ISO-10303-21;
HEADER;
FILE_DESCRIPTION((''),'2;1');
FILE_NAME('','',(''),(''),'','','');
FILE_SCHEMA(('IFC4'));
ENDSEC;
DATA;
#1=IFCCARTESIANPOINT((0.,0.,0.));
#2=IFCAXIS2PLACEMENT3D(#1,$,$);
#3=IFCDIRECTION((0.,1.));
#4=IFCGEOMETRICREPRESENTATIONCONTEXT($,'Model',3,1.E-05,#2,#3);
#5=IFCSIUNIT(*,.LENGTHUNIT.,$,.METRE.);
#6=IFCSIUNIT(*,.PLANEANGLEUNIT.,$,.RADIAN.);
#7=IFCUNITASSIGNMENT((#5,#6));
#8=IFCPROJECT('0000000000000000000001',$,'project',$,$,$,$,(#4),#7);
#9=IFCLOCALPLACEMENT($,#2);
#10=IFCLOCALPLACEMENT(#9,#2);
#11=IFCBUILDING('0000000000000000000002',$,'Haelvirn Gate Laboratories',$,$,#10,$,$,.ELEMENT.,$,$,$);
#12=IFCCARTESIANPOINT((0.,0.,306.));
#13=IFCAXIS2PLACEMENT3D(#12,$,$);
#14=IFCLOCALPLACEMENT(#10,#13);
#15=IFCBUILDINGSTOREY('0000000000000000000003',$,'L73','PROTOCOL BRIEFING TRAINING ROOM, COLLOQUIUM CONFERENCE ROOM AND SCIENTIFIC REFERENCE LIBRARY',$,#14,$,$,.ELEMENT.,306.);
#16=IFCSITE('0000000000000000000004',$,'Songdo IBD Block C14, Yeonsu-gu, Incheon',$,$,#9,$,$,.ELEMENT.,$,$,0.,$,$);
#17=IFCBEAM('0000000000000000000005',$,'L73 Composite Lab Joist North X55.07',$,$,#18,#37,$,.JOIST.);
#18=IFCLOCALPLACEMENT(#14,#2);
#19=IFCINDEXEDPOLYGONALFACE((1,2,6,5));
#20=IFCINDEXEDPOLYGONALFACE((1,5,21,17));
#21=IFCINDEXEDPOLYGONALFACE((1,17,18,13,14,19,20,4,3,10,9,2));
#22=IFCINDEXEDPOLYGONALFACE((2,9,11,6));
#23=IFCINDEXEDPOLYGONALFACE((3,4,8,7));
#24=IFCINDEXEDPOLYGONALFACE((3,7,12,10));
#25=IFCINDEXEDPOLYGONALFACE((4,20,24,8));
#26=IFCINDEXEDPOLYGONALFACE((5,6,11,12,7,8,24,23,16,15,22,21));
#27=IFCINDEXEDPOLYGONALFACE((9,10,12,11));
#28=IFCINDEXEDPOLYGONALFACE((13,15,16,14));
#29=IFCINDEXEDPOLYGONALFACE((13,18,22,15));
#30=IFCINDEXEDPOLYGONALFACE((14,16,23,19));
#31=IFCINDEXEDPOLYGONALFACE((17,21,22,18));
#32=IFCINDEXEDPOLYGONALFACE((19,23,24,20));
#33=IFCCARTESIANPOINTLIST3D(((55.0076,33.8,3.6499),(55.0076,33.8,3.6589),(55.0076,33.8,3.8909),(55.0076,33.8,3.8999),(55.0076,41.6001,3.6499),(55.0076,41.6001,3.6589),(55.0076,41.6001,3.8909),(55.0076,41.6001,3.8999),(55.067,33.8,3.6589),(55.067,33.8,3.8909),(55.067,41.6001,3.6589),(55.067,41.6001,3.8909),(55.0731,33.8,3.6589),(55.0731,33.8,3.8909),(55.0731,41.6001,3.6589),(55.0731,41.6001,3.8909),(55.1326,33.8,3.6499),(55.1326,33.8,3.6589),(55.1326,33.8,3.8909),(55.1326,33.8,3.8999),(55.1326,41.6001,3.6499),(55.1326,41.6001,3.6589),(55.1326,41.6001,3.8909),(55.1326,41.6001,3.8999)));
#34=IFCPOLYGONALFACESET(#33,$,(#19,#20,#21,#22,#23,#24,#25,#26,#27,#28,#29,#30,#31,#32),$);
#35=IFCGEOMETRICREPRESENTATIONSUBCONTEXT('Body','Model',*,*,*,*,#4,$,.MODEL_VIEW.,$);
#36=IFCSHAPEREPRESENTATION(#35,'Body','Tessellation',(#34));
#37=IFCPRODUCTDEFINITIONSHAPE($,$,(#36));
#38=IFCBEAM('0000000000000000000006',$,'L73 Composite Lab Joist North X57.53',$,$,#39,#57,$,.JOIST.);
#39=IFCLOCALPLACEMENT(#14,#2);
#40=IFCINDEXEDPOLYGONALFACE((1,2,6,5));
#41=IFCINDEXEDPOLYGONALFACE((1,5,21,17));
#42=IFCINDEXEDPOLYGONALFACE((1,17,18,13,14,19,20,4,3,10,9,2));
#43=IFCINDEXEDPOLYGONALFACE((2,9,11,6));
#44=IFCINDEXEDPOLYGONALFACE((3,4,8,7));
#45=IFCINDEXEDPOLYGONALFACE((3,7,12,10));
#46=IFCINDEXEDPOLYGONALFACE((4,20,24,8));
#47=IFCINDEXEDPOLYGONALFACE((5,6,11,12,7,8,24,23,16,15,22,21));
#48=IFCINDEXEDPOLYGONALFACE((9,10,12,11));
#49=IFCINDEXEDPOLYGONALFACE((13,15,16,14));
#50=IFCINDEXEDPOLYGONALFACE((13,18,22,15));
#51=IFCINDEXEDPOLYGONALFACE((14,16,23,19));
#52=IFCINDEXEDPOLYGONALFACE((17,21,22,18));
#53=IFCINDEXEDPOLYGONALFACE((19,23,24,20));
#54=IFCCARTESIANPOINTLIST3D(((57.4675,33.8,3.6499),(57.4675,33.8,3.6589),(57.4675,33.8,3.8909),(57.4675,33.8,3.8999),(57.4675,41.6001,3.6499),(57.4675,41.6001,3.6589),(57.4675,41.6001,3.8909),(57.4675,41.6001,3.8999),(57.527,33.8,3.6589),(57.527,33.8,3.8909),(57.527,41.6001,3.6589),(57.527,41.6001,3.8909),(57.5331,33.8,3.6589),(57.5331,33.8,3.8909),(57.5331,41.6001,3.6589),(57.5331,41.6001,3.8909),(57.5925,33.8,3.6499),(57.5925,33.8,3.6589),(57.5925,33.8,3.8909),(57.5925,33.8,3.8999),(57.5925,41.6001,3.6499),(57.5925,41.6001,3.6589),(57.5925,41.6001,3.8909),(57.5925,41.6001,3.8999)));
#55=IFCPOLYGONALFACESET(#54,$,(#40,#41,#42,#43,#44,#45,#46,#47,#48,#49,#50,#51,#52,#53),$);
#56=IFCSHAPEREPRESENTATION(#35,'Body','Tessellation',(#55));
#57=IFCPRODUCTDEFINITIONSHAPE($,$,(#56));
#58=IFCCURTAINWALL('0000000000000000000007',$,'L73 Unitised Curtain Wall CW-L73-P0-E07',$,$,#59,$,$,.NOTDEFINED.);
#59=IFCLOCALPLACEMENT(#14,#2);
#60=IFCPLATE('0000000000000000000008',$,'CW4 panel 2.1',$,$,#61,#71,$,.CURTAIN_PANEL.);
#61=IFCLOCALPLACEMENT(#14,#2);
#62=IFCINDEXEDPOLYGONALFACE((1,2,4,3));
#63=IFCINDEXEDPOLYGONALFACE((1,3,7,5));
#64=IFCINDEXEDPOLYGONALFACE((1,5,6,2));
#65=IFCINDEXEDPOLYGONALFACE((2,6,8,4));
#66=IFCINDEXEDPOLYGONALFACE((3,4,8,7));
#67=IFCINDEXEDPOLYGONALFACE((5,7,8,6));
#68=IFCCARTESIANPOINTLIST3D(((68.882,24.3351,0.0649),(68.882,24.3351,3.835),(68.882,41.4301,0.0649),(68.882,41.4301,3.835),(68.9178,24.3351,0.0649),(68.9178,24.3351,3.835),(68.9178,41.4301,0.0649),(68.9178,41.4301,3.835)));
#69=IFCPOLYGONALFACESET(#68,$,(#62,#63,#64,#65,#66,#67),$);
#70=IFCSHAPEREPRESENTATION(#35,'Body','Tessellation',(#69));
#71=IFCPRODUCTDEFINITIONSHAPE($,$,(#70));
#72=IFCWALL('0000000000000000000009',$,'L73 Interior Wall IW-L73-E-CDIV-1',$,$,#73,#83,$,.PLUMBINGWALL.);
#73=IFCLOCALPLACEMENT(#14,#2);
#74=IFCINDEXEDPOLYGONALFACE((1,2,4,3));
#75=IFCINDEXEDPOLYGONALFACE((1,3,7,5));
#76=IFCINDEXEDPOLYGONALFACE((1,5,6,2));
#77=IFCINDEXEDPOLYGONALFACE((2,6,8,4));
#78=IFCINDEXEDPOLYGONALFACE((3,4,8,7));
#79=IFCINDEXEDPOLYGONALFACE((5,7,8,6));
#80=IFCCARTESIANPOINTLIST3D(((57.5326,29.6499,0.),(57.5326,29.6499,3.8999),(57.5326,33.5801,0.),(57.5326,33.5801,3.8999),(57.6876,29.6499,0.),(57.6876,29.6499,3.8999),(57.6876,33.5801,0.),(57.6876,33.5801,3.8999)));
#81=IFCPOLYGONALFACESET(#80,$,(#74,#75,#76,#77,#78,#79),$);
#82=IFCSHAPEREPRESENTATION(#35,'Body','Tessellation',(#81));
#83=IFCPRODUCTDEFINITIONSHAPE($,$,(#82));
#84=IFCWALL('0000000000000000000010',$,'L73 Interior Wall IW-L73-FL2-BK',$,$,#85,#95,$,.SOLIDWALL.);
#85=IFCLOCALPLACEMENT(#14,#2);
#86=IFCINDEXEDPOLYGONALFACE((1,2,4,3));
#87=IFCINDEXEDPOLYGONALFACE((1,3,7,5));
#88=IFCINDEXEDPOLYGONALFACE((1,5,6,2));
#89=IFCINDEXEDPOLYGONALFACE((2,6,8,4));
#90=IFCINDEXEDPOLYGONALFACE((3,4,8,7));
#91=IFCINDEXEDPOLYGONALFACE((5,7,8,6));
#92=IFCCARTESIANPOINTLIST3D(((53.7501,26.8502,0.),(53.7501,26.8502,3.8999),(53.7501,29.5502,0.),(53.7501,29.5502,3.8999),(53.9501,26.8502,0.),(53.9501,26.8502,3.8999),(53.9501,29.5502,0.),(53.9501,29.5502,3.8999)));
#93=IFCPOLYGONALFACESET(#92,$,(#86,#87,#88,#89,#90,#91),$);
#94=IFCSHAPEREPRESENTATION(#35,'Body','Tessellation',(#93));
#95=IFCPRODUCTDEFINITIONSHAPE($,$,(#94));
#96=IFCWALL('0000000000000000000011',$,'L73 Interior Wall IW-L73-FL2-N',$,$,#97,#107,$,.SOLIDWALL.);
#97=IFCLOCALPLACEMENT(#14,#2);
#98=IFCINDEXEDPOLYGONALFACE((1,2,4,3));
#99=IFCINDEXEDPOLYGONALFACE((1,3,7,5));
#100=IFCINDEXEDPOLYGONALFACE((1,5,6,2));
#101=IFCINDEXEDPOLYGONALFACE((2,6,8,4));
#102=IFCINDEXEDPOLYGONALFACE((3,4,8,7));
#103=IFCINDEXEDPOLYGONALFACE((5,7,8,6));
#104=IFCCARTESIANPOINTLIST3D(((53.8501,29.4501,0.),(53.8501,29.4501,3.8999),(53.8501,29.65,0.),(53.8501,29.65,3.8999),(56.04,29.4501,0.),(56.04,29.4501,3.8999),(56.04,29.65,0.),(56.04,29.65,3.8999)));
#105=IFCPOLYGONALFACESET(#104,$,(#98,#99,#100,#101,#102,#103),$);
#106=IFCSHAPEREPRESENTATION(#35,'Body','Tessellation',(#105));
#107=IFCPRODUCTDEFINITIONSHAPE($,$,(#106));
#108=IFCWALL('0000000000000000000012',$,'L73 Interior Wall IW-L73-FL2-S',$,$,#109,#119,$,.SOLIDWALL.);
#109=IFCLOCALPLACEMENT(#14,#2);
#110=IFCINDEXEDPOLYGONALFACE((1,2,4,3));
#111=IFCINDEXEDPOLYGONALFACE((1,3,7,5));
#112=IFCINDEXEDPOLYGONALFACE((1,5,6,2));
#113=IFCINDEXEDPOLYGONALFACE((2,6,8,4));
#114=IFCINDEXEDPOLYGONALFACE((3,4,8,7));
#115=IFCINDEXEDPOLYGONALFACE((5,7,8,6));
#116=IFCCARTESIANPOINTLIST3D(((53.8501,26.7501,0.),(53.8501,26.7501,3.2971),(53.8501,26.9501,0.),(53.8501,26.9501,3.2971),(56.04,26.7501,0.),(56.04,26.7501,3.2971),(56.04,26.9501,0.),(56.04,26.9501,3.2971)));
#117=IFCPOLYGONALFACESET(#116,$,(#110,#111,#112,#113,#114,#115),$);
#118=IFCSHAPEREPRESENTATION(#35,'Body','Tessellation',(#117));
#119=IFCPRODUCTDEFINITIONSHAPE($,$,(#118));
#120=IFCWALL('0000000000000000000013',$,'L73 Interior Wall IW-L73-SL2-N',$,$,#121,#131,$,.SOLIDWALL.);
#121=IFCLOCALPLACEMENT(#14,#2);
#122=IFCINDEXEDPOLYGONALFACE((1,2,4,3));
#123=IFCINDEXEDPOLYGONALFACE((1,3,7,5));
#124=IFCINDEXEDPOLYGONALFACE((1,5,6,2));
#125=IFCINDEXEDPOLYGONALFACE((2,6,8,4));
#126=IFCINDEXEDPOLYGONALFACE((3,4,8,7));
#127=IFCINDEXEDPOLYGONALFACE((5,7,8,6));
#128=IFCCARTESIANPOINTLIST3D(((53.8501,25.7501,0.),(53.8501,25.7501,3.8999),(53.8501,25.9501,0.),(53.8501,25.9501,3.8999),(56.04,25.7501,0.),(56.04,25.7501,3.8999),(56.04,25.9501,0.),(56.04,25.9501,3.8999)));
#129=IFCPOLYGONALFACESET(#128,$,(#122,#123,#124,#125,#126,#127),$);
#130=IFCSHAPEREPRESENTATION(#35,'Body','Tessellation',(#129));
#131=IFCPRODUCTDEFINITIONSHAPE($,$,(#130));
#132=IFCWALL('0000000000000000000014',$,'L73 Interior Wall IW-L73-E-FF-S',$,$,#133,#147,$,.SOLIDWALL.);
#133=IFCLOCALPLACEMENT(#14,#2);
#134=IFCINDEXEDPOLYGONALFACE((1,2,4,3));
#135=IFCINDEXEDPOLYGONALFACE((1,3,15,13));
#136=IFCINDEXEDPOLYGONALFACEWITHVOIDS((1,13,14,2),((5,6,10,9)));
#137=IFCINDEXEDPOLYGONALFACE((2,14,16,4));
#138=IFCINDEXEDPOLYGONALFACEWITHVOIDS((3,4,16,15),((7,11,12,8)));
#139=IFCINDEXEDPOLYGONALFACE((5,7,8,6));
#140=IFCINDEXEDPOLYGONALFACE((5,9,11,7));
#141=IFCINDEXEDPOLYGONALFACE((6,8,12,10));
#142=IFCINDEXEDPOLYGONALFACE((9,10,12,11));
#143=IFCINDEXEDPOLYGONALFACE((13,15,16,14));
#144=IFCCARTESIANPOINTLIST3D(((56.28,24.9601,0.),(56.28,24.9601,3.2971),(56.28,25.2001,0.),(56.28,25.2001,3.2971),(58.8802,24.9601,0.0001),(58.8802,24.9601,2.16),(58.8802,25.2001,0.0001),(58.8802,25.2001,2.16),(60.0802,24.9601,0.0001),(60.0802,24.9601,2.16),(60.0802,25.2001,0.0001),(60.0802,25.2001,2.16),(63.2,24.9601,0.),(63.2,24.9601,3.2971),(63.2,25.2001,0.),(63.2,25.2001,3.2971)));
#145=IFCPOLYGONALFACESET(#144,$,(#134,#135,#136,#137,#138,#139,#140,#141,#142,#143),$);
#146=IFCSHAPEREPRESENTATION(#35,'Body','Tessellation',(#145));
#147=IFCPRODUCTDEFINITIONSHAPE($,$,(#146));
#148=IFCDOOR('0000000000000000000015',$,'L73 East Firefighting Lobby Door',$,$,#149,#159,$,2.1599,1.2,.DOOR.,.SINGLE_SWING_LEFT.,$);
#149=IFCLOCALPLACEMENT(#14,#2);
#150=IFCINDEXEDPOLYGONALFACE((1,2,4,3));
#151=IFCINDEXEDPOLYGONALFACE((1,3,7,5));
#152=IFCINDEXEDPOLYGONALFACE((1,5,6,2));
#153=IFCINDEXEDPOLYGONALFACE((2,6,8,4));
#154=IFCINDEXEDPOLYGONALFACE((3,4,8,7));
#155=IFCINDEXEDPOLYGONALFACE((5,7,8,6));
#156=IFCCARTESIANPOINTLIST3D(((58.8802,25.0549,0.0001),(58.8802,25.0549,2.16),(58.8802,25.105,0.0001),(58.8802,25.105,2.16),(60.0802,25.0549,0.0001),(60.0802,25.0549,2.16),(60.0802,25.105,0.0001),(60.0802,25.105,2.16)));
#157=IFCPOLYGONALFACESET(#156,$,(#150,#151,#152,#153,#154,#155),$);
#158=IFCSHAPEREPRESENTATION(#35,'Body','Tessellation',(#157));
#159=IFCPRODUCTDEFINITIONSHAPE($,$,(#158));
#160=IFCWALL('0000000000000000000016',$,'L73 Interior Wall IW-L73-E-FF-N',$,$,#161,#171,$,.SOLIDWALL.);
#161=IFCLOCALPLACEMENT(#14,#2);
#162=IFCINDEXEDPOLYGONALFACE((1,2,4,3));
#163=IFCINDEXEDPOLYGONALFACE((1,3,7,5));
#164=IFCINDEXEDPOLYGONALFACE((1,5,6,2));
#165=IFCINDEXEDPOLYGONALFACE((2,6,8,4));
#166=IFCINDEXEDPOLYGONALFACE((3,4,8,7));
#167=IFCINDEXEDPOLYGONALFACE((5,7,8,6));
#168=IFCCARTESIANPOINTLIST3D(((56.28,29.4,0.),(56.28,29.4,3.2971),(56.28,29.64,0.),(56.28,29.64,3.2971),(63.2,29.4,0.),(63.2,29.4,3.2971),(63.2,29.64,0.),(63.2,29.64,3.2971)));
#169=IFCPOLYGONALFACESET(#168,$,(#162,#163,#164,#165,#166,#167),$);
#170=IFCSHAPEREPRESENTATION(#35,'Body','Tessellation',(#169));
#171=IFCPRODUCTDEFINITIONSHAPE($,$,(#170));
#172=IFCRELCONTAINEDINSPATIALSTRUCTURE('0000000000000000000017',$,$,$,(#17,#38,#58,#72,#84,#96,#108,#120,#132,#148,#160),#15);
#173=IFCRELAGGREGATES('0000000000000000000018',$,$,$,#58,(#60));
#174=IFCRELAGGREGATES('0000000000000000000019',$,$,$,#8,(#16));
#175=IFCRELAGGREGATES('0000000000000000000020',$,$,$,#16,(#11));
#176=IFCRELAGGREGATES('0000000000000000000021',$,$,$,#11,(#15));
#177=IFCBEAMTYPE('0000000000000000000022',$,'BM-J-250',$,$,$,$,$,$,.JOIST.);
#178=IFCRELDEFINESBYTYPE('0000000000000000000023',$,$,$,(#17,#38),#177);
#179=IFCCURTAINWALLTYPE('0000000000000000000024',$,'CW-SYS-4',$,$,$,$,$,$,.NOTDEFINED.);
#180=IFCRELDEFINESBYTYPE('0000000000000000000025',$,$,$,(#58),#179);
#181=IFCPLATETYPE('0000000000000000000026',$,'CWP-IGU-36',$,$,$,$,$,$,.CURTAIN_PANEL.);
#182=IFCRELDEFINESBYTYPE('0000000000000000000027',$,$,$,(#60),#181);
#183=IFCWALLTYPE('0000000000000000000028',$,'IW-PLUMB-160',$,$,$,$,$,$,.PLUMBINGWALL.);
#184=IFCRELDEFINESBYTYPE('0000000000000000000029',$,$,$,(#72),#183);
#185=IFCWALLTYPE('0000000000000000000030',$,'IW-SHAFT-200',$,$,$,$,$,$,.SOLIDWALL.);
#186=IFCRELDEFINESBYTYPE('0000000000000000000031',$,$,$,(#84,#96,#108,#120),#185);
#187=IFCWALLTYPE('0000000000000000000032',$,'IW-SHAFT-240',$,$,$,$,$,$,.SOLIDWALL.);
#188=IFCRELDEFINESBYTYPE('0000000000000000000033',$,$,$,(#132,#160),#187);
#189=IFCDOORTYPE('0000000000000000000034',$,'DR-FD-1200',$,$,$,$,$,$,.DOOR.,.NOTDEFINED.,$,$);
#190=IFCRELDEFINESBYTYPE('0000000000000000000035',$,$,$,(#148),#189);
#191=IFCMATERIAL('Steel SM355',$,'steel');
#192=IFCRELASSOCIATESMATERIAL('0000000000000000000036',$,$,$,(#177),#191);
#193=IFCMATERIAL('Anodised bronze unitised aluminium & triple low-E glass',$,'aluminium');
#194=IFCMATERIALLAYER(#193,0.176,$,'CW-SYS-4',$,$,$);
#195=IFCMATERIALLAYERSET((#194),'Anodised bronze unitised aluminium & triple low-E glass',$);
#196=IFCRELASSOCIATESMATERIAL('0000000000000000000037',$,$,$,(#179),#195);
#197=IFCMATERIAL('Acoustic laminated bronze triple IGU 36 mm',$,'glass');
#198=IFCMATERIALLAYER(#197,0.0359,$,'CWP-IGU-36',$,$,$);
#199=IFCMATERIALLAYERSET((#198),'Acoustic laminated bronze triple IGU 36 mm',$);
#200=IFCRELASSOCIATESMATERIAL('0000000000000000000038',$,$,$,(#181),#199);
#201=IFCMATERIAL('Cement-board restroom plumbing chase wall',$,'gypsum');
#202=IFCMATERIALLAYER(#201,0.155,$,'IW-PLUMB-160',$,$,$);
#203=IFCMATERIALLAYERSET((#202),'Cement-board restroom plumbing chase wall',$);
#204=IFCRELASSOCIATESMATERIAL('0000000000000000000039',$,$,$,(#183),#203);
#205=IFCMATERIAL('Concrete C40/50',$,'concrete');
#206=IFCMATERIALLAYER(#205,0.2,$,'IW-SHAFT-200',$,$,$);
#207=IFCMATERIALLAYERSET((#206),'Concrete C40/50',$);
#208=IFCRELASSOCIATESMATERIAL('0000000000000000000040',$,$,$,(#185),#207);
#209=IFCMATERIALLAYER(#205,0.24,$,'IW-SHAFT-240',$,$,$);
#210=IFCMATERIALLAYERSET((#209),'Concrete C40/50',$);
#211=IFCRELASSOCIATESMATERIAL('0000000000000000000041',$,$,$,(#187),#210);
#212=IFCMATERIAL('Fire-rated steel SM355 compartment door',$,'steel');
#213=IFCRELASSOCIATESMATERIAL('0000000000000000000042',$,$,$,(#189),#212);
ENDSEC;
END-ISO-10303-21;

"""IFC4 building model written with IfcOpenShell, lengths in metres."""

from ifc_helpers import new_model, si_unit, direction, frame, frame_2d, origin, origin_2d, place, context, subcontext, project, spatial, rectangle, i_section, extrude, source, transform, mapped, material, layer, layer_set, material_profile, profile_set, type_object, type_shapes, element, fill, aggregate, save


model = new_model("IFC4")

# Units and contexts
model_context = context("Model", 3, precision=1e-05, world=origin(), true_north=direction((0.0, 1.0)))
body_context = subcontext(model_context, "Body", "Model", "MODEL_VIEW")
ifc_project = project(units=[si_unit("LENGTHUNIT", "METRE"), si_unit("PLANEANGLEUNIT", "RADIAN")], contexts=[model_context])

# Site, building, storey
site_placement = place(None, origin())
site = spatial("IfcSite", under=ifc_project, at=site_placement, Name="Songdo IBD Block C14, Yeonsu-gu, Incheon", CompositionType="ELEMENT", RefElevation=0.0)
building_placement = place(site_placement, origin())
building = spatial("IfcBuilding", under=site, at=building_placement, Name="Haelvirn Gate Laboratories", CompositionType="ELEMENT")
storey_placement = place(building_placement, frame((0.0, 0.0, 306.0)))
storey = spatial("IfcBuildingStorey", under=building, at=storey_placement, Name="L73", Description="PROTOCOL BRIEFING TRAINING ROOM, COLLOQUIUM CONFERENCE ROOM AND SCIENTIFIC REFERENCE LIBRARY", CompositionType="ELEMENT", Elevation=306.0)

# Beams
ifc_material_1 = material(Name="Steel SM355", Category="steel")
ifc_material_profile = material_profile(ifc_material_1, i_section(OverallWidth=0.125, OverallDepth=0.25, WebThickness=0.0061, FlangeThickness=0.009, at=origin_2d()), Name="H-250x125x6x9")
ifc_profile_set = profile_set([ifc_material_profile], Name="Steel SM355")
beam_type = type_object("IfcBeamType", Name="BM-J-250", PredefinedType="JOIST", material=ifc_profile_set)
shared_shape_1 = source(origin(), body_context, "Body", "SweptSolid", [
    extrude(i_section(OverallWidth=0.125, OverallDepth=0.25, WebThickness=0.0061, FlangeThickness=0.009, at=origin_2d()), origin(), (0.0, 0.0, 1.0), 7.8),
])
type_shapes(beam_type, [shared_shape_1])
for number, where, z_axis, x_axis, name in (
    (1, (55.0701, 33.8, 3.7749), (0.0, 1.0, 0.0), (-1.0, 0.0, 0.0), "L73 Composite Lab Joist North X55.07"),
    (2, (57.53, 33.8, 3.7749), (0.0, 1.0, 0.0), (-1.0, 0.0, 0.0), "L73 Composite Lab Joist North X57.53"),
):
    element("IfcBeam", number, at=place(storey_placement, frame(where, z_axis=z_axis, x_axis=x_axis)), inside=storey, type_object=beam_type, Name=name, PredefinedType="JOIST", context=body_context, shape_type="MappedRepresentation", body=[
        mapped(shared_shape_1, transform((0.0, 0.0, 0.0), scale=1.0)),
    ])

# Curtain wall, plate
ifc_material_2 = material(Name="Anodised bronze unitised aluminium & triple low-E glass", Category="aluminium")
ifc_layer_1 = layer(ifc_material_2, 0.176, Name="CW-SYS-4")
ifc_layer_set_1 = layer_set([ifc_layer_1], Name="Anodised bronze unitised aluminium & triple low-E glass")
curtain_wall_type = type_object("IfcCurtainWallType", Name="CW-SYS-4", PredefinedType="NOTDEFINED", material=ifc_layer_set_1)
curtain_wall_placement = place(storey_placement, origin())
curtain_wall = element("IfcCurtainWall", 3, at=curtain_wall_placement, inside=storey, type_object=curtain_wall_type, Name="L73 Unitised Curtain Wall CW-L73-P0-E07", PredefinedType="NOTDEFINED")
ifc_material_3 = material(Name="Acoustic laminated bronze triple IGU 36 mm", Category="glass")
ifc_layer_2 = layer(ifc_material_3, 0.0359, Name="CWP-IGU-36")
ifc_layer_set_2 = layer_set([ifc_layer_2], Name="Acoustic laminated bronze triple IGU 36 mm")
plate_type = type_object("IfcPlateType", Name="CWP-IGU-36", PredefinedType="CURTAIN_PANEL", material=ifc_layer_set_2)
shared_shape_2 = source(origin(), body_context, "Body", "SweptSolid", [
    extrude(rectangle(XDim=17.095, YDim=0.0359, at=origin_2d()), origin(), (0.0, 0.0, 1.0), 3.77),
])
type_shapes(plate_type, [shared_shape_2])
plate_placement = place(storey_placement, frame((68.8999, 32.8826, 0.0649), z_axis=(0.0, 0.0, 1.0), x_axis=(0.0, 1.0, 0.0)))
plate = element("IfcPlate", 4, at=plate_placement, type_object=plate_type, Name="CW4 panel 2.1", PredefinedType="CURTAIN_PANEL", context=body_context, shape_type="MappedRepresentation", body=[
    mapped(shared_shape_2, transform((0.0, 0.0, 0.0), scale=1.0)),
])
aggregate(curtain_wall, [plate])

# Walls
ifc_material_4 = material(Name="Cement-board restroom plumbing chase wall", Category="gypsum")
ifc_layer_3 = layer(ifc_material_4, 0.155, Name="IW-PLUMB-160")
ifc_layer_set_3 = layer_set([ifc_layer_3], Name="Cement-board restroom plumbing chase wall")
wall_type_1 = type_object("IfcWallType", Name="IW-PLUMB-160", PredefinedType="PLUMBINGWALL", material=ifc_layer_set_3)
wall_1_placement = place(storey_placement, frame((57.6101, 29.6499, 0.0), z_axis=(0.0, 0.0, 1.0), x_axis=(0.0, 1.0, 0.0)))
element("IfcWall", 5, at=wall_1_placement, inside=storey, type_object=wall_type_1, Name="L73 Interior Wall IW-L73-E-CDIV-1", PredefinedType="PLUMBINGWALL", context=body_context, shape_type="SweptSolid", body=[
    extrude(rectangle(XDim=3.9302, YDim=0.155, at=frame_2d((1.9651, 0.0))), origin(), (0.0, 0.0, 1.0), 3.8999),
])
ifc_material_5 = material(Name="Concrete C40/50", Category="concrete")
ifc_layer_4 = layer(ifc_material_5, 0.2, Name="IW-SHAFT-200")
ifc_layer_set_4 = layer_set([ifc_layer_4], Name="Concrete C40/50")
wall_type_2 = type_object("IfcWallType", Name="IW-SHAFT-200", PredefinedType="SOLIDWALL", material=ifc_layer_set_4)
wall_2_placement = place(storey_placement, frame((53.8501, 26.8501, 0.0), z_axis=(0.0, 0.0, 1.0), x_axis=(0.0, 1.0, 0.0)))
element("IfcWall", 6, at=wall_2_placement, inside=storey, type_object=wall_type_2, Name="L73 Interior Wall IW-L73-FL2-BK", PredefinedType="SOLIDWALL", context=body_context, shape_type="SweptSolid", body=[
    extrude(rectangle(XDim=2.7, YDim=0.2, at=frame_2d((1.3501, 0.0))), origin(), (0.0, 0.0, 1.0), 3.8999),
])
wall_3_placement = place(storey_placement, frame((53.8501, 29.55, 0.0), z_axis=(0.0, 0.0, 1.0), x_axis=(1.0, 0.0, 0.0)))
element("IfcWall", 7, at=wall_3_placement, inside=storey, type_object=wall_type_2, Name="L73 Interior Wall IW-L73-FL2-N", PredefinedType="SOLIDWALL", context=body_context, shape_type="SweptSolid", body=[
    extrude(rectangle(XDim=2.1899, YDim=0.2, at=frame_2d((1.095, 0.0))), origin(), (0.0, 0.0, 1.0), 3.8999),
])
wall_4_placement = place(storey_placement, frame((53.8501, 26.8501, 0.0), z_axis=(0.0, 0.0, 1.0), x_axis=(1.0, 0.0, 0.0)))
element("IfcWall", 8, at=wall_4_placement, inside=storey, type_object=wall_type_2, Name="L73 Interior Wall IW-L73-FL2-S", PredefinedType="SOLIDWALL", context=body_context, shape_type="SweptSolid", body=[
    extrude(rectangle(XDim=2.1899, YDim=0.2, at=frame_2d((1.095, 0.0))), origin(), (0.0, 0.0, 1.0), 3.2971),
])
wall_5_placement = place(storey_placement, frame((53.8501, 25.8501, 0.0), z_axis=(0.0, 0.0, 1.0), x_axis=(1.0, 0.0, 0.0)))
element("IfcWall", 9, at=wall_5_placement, inside=storey, type_object=wall_type_2, Name="L73 Interior Wall IW-L73-SL2-N", PredefinedType="SOLIDWALL", context=body_context, shape_type="SweptSolid", body=[
    extrude(rectangle(XDim=2.1899, YDim=0.2, at=frame_2d((1.095, 0.0))), origin(), (0.0, 0.0, 1.0), 3.8999),
])

# Wall, opening, door
ifc_layer_5 = layer(ifc_material_5, 0.24, Name="IW-SHAFT-240")
ifc_layer_set_5 = layer_set([ifc_layer_5], Name="Concrete C40/50")
wall_type_3 = type_object("IfcWallType", Name="IW-SHAFT-240", PredefinedType="SOLIDWALL", material=ifc_layer_set_5)
wall_6_placement = place(storey_placement, frame((56.28, 25.0801, 0.0), z_axis=(0.0, 0.0, 1.0), x_axis=(1.0, 0.0, 0.0)))
wall_6 = element("IfcWall", 10, at=wall_6_placement, inside=storey, type_object=wall_type_3, Name="L73 Interior Wall IW-L73-E-FF-S", PredefinedType="SOLIDWALL", context=body_context, shape_type="SweptSolid", body=[
    extrude(rectangle(XDim=6.9199, YDim=0.24, at=frame_2d((3.46, 0.0))), origin(), (0.0, 0.0, 1.0), 3.2971),
])
opening_1_placement = place(wall_6_placement, frame((2.6001, 0.0, 0.0)))
opening_1 = element("IfcOpeningElement", 11, at=opening_1_placement, cuts=wall_6, PredefinedType="OPENING", context=body_context, shape_type="SweptSolid", body=[
    extrude(rectangle(XDim=1.2, YDim=2.1599, at=frame_2d((0.6001, 1.0801))), frame((0.0, 0.1299, 0.0), z_axis=(0.0, -1.0, 0.0), x_axis=(1.0, 0.0, 0.0)), (0.0, 0.0, 1.0), 0.26),
])
ifc_material_6 = material(Name="Fire-rated steel SM355 compartment door", Category="steel")
door_type_1 = type_object("IfcDoorType", Name="DR-FD-1200", OperationType="NOTDEFINED", PredefinedType="DOOR", material=ifc_material_6)
shared_shape_3 = source(origin(), body_context, "Body", "SweptSolid", [
    extrude(rectangle(XDim=1.2, YDim=2.1599, at=frame_2d((0.6001, 1.0801))), frame((0.0, 0.0249, 0.0), z_axis=(0.0, -1.0, 0.0), x_axis=(1.0, 0.0, 0.0)), (0.0, 0.0, 1.0), 0.05),
])
type_shapes(door_type_1, [shared_shape_3])
door_1_placement = place(opening_1_placement, origin())
door_1 = element("IfcDoor", 12, at=door_1_placement, inside=storey, type_object=door_type_1, Name="L73 East Firefighting Lobby Door", OperationType="SINGLE_SWING_LEFT", OverallHeight=2.1599, OverallWidth=1.2, PredefinedType="DOOR", context=body_context, shape_type="MappedRepresentation", body=[
    mapped(shared_shape_3, transform((0.0, 0.0, 0.0), scale=1.0)),
])
fill(opening_1, door_1)

# Wall
wall_7_placement = place(storey_placement, frame((56.28, 29.52, 0.0), z_axis=(0.0, 0.0, 1.0), x_axis=(1.0, 0.0, 0.0)))
element("IfcWall", 13, at=wall_7_placement, inside=storey, type_object=wall_type_3, Name="L73 Interior Wall IW-L73-E-FF-N", PredefinedType="SOLIDWALL", context=body_context, shape_type="SweptSolid", body=[
    extrude(rectangle(XDim=6.9199, YDim=0.24, at=frame_2d((3.46, 0.0))), origin(), (0.0, 0.0, 1.0), 3.2971),
])

save(model, "model.ifc")
